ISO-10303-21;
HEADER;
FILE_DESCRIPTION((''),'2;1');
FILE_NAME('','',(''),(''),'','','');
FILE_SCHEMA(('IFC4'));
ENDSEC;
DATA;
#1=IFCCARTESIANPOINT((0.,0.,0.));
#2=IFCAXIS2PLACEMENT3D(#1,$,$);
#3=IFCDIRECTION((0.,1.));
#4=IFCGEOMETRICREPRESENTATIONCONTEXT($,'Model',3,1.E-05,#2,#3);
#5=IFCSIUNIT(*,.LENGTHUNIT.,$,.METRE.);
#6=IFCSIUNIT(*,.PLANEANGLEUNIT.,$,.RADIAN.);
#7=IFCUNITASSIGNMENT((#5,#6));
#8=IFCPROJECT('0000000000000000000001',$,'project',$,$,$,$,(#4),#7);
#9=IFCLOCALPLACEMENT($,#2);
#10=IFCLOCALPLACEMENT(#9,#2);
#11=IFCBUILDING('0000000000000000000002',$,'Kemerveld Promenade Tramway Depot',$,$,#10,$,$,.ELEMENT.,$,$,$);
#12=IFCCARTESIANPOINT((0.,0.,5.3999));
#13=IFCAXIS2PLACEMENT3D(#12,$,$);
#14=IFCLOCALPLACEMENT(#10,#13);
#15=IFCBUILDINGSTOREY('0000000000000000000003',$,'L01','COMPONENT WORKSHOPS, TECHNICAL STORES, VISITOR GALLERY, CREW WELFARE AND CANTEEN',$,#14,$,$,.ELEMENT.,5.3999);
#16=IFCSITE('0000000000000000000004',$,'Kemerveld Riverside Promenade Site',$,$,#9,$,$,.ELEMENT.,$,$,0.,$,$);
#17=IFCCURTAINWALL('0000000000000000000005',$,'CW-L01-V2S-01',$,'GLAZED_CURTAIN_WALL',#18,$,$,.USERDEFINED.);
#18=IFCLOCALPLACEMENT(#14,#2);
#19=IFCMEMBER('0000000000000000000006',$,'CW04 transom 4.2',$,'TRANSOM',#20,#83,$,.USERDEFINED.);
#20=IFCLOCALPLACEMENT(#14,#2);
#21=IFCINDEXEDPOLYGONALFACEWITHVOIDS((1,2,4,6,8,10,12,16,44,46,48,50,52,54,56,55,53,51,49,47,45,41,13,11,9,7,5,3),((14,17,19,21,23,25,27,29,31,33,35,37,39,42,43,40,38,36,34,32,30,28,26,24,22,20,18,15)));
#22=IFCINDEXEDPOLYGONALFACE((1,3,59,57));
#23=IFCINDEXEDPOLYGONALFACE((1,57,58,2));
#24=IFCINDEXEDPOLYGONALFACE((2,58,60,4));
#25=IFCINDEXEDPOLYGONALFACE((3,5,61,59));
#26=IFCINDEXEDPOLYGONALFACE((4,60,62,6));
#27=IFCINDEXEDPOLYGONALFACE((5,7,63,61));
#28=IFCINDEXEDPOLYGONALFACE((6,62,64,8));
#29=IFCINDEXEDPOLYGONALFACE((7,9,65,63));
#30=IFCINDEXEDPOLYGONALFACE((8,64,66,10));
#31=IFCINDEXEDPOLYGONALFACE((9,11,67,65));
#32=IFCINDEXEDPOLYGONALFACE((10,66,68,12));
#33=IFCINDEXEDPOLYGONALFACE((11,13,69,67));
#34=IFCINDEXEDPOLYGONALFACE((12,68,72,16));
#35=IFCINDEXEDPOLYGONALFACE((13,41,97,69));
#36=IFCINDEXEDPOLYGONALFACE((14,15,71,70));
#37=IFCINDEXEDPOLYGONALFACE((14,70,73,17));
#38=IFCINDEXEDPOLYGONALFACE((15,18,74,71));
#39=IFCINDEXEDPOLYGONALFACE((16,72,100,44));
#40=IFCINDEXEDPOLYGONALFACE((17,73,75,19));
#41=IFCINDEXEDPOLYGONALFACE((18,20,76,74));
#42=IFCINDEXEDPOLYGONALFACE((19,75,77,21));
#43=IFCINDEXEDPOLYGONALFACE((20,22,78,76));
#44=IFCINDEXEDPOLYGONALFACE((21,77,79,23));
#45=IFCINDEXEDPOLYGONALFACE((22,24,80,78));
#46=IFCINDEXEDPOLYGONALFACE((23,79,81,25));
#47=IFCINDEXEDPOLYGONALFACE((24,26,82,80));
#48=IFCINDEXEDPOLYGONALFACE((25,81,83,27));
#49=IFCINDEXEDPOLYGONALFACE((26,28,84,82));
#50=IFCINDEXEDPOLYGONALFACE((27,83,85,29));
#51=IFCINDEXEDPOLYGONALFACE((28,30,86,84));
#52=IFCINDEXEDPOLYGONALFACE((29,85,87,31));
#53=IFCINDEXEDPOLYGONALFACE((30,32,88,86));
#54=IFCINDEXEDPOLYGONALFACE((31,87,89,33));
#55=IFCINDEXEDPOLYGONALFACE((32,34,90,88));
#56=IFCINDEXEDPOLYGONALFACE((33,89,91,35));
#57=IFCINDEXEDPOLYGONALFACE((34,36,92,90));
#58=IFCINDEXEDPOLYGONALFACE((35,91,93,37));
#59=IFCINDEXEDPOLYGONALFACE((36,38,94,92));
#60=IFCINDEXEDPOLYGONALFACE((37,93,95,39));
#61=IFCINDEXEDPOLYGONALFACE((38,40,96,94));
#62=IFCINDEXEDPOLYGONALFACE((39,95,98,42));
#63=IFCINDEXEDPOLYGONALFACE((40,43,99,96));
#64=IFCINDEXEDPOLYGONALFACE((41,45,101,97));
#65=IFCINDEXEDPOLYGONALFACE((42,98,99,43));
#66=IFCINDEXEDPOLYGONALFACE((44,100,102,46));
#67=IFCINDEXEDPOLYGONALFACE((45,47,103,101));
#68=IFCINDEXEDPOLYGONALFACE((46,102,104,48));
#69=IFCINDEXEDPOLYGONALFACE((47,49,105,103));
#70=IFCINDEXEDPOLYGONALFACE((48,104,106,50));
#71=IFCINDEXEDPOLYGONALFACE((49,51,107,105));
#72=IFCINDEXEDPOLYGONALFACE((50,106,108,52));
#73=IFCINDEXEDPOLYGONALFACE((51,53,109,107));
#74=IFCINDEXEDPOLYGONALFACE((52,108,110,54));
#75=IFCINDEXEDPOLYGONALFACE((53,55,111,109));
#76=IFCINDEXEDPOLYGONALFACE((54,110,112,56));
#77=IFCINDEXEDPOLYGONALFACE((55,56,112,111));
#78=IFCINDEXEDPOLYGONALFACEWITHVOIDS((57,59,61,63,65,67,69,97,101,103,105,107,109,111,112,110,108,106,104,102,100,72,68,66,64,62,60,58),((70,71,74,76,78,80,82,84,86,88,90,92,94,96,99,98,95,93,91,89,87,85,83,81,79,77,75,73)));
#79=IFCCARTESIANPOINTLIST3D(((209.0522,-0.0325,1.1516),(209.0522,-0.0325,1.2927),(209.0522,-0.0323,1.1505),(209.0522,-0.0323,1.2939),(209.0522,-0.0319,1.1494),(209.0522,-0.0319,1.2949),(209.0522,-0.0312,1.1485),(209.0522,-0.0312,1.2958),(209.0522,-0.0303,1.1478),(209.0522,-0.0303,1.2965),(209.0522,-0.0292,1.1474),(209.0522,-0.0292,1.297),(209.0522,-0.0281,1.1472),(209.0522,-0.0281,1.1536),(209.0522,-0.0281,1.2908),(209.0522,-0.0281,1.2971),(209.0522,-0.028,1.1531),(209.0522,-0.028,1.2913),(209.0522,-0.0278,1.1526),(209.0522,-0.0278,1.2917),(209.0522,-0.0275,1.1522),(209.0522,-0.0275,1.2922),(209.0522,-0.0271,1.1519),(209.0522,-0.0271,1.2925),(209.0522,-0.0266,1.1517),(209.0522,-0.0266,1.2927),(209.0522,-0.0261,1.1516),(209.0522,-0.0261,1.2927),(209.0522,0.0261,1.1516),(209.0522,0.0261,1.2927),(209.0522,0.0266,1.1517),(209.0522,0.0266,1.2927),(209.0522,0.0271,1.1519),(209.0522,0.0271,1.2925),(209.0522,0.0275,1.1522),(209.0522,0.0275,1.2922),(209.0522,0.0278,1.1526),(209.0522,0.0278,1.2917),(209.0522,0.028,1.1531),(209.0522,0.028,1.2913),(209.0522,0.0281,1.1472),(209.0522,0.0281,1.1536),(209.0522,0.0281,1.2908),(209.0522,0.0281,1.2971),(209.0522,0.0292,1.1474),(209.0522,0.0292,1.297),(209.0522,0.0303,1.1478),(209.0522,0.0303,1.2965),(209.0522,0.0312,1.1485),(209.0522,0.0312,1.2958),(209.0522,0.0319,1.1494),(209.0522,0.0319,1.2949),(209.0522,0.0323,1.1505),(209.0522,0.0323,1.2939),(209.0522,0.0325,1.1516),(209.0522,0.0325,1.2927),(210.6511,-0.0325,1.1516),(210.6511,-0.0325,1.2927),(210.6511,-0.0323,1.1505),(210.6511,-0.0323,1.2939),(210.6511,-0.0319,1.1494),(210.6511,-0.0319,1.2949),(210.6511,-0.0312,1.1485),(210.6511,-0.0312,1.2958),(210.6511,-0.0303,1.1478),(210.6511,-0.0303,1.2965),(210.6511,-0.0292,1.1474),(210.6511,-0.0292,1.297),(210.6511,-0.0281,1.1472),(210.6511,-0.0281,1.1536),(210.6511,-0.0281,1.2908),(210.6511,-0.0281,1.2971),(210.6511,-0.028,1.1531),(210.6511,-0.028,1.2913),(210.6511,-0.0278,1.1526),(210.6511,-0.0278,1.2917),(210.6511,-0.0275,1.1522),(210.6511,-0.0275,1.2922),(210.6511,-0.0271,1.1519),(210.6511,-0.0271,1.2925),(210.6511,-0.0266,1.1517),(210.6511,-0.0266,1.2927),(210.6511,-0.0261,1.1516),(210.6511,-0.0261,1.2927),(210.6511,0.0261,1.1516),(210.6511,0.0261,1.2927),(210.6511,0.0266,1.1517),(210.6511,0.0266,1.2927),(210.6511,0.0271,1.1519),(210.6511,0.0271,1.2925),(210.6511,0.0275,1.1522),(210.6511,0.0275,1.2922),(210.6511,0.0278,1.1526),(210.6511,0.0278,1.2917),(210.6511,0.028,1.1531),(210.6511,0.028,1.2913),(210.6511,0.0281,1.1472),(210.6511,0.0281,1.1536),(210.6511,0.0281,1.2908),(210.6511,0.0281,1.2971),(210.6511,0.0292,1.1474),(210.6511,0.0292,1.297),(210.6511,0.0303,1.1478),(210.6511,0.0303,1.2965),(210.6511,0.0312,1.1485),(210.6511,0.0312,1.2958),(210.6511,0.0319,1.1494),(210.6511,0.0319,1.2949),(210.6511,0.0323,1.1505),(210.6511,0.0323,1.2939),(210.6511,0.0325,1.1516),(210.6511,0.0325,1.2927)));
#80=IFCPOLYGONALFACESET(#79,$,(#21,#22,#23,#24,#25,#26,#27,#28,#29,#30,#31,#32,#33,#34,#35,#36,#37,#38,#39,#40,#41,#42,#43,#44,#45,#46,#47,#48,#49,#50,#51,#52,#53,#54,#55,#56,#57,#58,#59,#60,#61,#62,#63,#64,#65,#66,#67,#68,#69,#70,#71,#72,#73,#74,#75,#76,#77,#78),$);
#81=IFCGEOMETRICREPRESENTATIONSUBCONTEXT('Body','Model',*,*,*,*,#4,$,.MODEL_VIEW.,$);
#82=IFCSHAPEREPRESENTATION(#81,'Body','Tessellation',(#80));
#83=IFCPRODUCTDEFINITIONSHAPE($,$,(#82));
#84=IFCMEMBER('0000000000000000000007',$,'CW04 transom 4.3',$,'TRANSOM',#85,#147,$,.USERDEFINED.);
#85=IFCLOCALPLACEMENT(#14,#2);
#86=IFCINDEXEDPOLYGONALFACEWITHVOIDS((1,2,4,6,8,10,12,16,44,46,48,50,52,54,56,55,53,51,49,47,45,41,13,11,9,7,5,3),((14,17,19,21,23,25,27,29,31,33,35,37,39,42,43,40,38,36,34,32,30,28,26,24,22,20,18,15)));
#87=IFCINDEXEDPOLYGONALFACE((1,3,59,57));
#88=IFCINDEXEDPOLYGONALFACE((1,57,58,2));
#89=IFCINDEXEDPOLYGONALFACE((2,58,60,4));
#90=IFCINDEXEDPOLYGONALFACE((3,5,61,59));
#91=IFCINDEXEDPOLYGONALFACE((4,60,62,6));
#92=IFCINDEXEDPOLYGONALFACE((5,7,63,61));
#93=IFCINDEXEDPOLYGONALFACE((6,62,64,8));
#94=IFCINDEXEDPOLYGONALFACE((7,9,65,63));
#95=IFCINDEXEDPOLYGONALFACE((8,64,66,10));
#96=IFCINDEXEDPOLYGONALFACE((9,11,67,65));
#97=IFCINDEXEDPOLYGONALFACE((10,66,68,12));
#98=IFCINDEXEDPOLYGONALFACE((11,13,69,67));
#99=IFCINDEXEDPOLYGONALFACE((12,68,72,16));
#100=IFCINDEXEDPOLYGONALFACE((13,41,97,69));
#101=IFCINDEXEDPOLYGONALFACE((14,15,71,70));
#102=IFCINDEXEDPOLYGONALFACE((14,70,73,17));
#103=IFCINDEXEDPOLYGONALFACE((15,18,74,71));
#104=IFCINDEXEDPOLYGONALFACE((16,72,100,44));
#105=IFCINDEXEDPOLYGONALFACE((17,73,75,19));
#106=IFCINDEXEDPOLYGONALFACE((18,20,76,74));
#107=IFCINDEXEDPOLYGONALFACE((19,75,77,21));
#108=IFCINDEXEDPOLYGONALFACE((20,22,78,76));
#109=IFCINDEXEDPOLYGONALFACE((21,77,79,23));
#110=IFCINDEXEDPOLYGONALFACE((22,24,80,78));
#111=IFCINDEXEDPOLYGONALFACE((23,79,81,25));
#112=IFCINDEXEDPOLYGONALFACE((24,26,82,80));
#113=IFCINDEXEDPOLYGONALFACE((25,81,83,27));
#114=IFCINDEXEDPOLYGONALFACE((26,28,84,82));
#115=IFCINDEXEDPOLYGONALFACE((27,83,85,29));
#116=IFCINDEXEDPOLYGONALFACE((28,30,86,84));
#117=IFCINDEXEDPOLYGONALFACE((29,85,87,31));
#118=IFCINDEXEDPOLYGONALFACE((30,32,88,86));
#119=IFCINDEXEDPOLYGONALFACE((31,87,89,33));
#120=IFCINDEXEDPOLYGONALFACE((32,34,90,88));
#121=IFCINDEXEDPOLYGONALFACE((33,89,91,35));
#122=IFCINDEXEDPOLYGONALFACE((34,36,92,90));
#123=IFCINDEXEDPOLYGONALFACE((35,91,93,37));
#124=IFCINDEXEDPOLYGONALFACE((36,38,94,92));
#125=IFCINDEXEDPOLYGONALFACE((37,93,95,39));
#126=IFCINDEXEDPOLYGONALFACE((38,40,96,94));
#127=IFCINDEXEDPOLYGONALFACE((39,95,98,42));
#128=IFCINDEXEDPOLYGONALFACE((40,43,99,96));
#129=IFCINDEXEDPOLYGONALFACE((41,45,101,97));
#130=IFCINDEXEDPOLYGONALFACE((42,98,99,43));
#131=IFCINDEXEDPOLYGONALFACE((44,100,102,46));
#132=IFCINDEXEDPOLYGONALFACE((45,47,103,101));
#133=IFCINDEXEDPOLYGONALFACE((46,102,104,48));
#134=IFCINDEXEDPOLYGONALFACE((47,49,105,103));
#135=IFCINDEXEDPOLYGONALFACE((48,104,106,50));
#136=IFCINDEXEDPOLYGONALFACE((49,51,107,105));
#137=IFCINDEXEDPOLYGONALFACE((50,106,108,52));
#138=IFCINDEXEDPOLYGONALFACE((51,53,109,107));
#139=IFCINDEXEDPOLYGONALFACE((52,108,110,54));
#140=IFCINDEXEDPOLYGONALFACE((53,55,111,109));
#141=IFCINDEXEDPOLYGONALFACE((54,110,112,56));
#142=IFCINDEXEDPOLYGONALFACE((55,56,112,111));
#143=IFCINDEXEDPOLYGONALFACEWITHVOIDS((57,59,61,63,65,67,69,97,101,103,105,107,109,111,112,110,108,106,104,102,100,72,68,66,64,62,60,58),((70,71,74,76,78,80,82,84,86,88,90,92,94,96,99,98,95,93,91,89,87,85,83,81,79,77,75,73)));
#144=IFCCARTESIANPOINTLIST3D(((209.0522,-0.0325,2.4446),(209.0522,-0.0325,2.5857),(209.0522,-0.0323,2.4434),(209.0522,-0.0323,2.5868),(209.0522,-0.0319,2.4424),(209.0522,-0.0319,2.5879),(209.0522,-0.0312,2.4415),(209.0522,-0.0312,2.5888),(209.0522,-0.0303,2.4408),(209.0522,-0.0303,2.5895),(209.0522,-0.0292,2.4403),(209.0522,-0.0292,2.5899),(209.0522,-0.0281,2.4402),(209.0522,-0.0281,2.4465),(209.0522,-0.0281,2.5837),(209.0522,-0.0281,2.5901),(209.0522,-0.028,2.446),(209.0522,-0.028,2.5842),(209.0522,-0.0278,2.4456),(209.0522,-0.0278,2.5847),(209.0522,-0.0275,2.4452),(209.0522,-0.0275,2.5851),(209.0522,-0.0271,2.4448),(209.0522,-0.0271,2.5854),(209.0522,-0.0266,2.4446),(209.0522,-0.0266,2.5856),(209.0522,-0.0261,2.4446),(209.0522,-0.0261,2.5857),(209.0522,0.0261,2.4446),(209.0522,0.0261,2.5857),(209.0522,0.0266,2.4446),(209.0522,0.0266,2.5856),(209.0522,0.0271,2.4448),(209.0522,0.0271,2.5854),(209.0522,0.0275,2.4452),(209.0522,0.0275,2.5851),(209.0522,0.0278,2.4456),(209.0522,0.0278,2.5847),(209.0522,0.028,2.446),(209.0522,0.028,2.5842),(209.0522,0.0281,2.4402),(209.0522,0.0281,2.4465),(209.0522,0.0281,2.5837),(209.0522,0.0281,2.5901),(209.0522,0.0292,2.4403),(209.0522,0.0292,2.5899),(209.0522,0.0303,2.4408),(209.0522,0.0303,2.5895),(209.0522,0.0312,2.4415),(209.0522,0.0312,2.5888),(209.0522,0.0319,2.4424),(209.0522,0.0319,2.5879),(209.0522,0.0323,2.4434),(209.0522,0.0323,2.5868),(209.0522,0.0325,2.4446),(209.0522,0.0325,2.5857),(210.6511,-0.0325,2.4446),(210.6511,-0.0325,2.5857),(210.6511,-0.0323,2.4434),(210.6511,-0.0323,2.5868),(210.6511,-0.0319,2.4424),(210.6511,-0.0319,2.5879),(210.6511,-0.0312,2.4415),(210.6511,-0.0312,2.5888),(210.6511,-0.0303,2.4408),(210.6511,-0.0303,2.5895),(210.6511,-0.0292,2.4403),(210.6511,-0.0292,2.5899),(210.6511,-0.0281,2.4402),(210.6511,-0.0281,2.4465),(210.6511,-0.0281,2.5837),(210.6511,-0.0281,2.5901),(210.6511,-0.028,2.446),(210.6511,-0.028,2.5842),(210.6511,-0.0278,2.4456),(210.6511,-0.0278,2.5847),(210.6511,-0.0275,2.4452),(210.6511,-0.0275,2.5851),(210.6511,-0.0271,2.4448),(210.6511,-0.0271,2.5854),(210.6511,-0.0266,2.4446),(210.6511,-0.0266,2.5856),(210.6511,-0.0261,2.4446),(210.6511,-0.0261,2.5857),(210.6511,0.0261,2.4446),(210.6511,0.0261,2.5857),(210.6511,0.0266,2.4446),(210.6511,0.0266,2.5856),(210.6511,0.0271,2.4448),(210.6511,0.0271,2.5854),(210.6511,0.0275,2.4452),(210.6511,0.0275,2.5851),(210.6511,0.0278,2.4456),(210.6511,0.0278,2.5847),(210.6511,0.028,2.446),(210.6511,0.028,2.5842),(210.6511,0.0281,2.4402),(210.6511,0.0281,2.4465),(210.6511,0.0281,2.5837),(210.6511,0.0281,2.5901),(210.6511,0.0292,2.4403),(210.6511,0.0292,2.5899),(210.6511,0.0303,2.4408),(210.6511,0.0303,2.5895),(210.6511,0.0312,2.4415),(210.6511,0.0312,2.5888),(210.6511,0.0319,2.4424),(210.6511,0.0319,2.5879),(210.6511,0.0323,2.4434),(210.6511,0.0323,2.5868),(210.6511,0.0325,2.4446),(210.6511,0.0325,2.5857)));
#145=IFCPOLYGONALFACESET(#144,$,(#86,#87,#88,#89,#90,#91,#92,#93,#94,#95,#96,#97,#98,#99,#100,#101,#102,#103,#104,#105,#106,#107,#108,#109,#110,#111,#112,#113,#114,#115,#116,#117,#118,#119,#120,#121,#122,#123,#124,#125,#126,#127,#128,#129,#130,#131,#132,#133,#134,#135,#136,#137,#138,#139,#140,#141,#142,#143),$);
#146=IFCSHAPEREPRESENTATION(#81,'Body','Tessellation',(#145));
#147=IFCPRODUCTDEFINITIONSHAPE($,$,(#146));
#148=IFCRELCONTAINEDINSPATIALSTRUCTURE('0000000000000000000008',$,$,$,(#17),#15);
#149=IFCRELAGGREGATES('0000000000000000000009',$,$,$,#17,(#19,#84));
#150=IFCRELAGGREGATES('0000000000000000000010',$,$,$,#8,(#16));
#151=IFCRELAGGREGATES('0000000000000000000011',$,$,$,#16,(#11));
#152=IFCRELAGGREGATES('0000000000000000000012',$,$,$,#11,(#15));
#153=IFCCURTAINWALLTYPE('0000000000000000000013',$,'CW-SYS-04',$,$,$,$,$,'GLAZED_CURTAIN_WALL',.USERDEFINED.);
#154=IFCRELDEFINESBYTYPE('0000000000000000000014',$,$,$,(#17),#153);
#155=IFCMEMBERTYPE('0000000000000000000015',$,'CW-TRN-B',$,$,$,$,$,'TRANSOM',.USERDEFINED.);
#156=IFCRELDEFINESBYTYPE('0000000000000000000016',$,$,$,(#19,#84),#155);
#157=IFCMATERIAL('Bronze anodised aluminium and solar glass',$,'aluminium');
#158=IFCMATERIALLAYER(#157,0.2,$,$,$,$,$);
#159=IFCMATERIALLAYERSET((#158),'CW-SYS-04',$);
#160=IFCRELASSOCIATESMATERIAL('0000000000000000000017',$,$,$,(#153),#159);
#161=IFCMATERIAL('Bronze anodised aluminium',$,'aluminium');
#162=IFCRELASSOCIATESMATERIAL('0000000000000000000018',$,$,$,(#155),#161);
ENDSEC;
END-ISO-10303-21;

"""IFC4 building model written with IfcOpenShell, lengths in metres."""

from ifc_helpers import new_model, si_unit, direction, frame, origin, origin_2d, place, context, subcontext, project, spatial, hollow_rectangle, extrude, material, layer, layer_set, material_profile, profile_set, type_object, element, aggregate, save


model = new_model("IFC4")

# Units and contexts
model_context = context("Model", 3, precision=1e-05, world=origin(), true_north=direction((0.0, 1.0)))
body_context = subcontext(model_context, "Body", "Model", "MODEL_VIEW")
ifc_project = project(units=[si_unit("LENGTHUNIT", "METRE"), si_unit("PLANEANGLEUNIT", "RADIAN")], contexts=[model_context])

# Site, building, storey
site_placement = place(None, origin())
site = spatial("IfcSite", under=ifc_project, at=site_placement, Name="Kemerveld Riverside Promenade Site", CompositionType="ELEMENT", RefElevation=0.0)
building_placement = place(site_placement, origin())
building = spatial("IfcBuilding", under=site, at=building_placement, Name="Kemerveld Promenade Tramway Depot", CompositionType="ELEMENT")
storey_placement = place(building_placement, frame((0.0, 0.0, 5.3999)))
storey = spatial("IfcBuildingStorey", under=building, at=storey_placement, Name="L01", Description="COMPONENT WORKSHOPS, TECHNICAL STORES, VISITOR GALLERY, CREW WELFARE AND CANTEEN", CompositionType="ELEMENT", Elevation=5.3999)

# Curtain wall, members
ifc_material_1 = material(Name="Bronze anodised aluminium and solar glass", Category="aluminium")
ifc_layer_1 = layer(ifc_material_1, 0.2)
ifc_layer_set_1 = layer_set([ifc_layer_1], Name="CW-SYS-04")
curtain_wall_type = type_object("IfcCurtainWallType", Name="CW-SYS-04", ElementType="GLAZED_CURTAIN_WALL", PredefinedType="USERDEFINED", material=ifc_layer_set_1)
curtain_wall_placement = place(storey_placement, origin())
curtain_wall = element("IfcCurtainWall", 1, at=curtain_wall_placement, inside=storey, type_object=curtain_wall_type, Name="CW-L01-V2S-01", ObjectType="GLAZED_CURTAIN_WALL", PredefinedType="USERDEFINED")
ifc_material_2 = material(Name="Bronze anodised aluminium", Category="aluminium")
ifc_material_profile_1 = material_profile(ifc_material_2, hollow_rectangle(XDim=0.0649, YDim=0.1499, WallThickness=0.0044, InnerFilletRadius=0.002, OuterFilletRadius=0.0044, at=origin_2d()), Name="CW-TRN-150x65")
ifc_profile_set_1 = profile_set([ifc_material_profile_1], Name="Bronze anodised aluminium")
member_type_1 = type_object("IfcMemberType", Name="CW-TRN-B", ElementType="TRANSOM", PredefinedType="USERDEFINED", material=ifc_profile_set_1)
member_1_placement = place(storey_placement, frame((210.6511, 0.0, 1.2222), z_axis=(-1.0, 0.0, 0.0), x_axis=(0.0, -1.0, 0.0)))
member_1 = element("IfcMember", 2, at=member_1_placement, type_object=member_type_1, Name="CW04 transom 4.2", ObjectType="TRANSOM", PredefinedType="USERDEFINED", context=body_context, shape_type="SweptSolid", body=[
    extrude(hollow_rectangle(XDim=0.0649, YDim=0.1499, WallThickness=0.0044, InnerFilletRadius=0.002, OuterFilletRadius=0.0044, at=origin_2d()), origin(), (0.0, 0.0, 1.0), 1.5989),
])
member_2_placement = place(storey_placement, frame((210.6511, 0.0, 2.5151), z_axis=(-1.0, 0.0, 0.0), x_axis=(0.0, -1.0, 0.0)))
member_2 = element("IfcMember", 3, at=member_2_placement, type_object=member_type_1, Name="CW04 transom 4.3", ObjectType="TRANSOM", PredefinedType="USERDEFINED", context=body_context, shape_type="SweptSolid", body=[
    extrude(hollow_rectangle(XDim=0.0649, YDim=0.1499, WallThickness=0.0044, InnerFilletRadius=0.002, OuterFilletRadius=0.0044, at=origin_2d()), origin(), (0.0, 0.0, 1.0), 1.5989),
])
aggregate(curtain_wall, [member_1, member_2])

save(model, "model.ifc")
